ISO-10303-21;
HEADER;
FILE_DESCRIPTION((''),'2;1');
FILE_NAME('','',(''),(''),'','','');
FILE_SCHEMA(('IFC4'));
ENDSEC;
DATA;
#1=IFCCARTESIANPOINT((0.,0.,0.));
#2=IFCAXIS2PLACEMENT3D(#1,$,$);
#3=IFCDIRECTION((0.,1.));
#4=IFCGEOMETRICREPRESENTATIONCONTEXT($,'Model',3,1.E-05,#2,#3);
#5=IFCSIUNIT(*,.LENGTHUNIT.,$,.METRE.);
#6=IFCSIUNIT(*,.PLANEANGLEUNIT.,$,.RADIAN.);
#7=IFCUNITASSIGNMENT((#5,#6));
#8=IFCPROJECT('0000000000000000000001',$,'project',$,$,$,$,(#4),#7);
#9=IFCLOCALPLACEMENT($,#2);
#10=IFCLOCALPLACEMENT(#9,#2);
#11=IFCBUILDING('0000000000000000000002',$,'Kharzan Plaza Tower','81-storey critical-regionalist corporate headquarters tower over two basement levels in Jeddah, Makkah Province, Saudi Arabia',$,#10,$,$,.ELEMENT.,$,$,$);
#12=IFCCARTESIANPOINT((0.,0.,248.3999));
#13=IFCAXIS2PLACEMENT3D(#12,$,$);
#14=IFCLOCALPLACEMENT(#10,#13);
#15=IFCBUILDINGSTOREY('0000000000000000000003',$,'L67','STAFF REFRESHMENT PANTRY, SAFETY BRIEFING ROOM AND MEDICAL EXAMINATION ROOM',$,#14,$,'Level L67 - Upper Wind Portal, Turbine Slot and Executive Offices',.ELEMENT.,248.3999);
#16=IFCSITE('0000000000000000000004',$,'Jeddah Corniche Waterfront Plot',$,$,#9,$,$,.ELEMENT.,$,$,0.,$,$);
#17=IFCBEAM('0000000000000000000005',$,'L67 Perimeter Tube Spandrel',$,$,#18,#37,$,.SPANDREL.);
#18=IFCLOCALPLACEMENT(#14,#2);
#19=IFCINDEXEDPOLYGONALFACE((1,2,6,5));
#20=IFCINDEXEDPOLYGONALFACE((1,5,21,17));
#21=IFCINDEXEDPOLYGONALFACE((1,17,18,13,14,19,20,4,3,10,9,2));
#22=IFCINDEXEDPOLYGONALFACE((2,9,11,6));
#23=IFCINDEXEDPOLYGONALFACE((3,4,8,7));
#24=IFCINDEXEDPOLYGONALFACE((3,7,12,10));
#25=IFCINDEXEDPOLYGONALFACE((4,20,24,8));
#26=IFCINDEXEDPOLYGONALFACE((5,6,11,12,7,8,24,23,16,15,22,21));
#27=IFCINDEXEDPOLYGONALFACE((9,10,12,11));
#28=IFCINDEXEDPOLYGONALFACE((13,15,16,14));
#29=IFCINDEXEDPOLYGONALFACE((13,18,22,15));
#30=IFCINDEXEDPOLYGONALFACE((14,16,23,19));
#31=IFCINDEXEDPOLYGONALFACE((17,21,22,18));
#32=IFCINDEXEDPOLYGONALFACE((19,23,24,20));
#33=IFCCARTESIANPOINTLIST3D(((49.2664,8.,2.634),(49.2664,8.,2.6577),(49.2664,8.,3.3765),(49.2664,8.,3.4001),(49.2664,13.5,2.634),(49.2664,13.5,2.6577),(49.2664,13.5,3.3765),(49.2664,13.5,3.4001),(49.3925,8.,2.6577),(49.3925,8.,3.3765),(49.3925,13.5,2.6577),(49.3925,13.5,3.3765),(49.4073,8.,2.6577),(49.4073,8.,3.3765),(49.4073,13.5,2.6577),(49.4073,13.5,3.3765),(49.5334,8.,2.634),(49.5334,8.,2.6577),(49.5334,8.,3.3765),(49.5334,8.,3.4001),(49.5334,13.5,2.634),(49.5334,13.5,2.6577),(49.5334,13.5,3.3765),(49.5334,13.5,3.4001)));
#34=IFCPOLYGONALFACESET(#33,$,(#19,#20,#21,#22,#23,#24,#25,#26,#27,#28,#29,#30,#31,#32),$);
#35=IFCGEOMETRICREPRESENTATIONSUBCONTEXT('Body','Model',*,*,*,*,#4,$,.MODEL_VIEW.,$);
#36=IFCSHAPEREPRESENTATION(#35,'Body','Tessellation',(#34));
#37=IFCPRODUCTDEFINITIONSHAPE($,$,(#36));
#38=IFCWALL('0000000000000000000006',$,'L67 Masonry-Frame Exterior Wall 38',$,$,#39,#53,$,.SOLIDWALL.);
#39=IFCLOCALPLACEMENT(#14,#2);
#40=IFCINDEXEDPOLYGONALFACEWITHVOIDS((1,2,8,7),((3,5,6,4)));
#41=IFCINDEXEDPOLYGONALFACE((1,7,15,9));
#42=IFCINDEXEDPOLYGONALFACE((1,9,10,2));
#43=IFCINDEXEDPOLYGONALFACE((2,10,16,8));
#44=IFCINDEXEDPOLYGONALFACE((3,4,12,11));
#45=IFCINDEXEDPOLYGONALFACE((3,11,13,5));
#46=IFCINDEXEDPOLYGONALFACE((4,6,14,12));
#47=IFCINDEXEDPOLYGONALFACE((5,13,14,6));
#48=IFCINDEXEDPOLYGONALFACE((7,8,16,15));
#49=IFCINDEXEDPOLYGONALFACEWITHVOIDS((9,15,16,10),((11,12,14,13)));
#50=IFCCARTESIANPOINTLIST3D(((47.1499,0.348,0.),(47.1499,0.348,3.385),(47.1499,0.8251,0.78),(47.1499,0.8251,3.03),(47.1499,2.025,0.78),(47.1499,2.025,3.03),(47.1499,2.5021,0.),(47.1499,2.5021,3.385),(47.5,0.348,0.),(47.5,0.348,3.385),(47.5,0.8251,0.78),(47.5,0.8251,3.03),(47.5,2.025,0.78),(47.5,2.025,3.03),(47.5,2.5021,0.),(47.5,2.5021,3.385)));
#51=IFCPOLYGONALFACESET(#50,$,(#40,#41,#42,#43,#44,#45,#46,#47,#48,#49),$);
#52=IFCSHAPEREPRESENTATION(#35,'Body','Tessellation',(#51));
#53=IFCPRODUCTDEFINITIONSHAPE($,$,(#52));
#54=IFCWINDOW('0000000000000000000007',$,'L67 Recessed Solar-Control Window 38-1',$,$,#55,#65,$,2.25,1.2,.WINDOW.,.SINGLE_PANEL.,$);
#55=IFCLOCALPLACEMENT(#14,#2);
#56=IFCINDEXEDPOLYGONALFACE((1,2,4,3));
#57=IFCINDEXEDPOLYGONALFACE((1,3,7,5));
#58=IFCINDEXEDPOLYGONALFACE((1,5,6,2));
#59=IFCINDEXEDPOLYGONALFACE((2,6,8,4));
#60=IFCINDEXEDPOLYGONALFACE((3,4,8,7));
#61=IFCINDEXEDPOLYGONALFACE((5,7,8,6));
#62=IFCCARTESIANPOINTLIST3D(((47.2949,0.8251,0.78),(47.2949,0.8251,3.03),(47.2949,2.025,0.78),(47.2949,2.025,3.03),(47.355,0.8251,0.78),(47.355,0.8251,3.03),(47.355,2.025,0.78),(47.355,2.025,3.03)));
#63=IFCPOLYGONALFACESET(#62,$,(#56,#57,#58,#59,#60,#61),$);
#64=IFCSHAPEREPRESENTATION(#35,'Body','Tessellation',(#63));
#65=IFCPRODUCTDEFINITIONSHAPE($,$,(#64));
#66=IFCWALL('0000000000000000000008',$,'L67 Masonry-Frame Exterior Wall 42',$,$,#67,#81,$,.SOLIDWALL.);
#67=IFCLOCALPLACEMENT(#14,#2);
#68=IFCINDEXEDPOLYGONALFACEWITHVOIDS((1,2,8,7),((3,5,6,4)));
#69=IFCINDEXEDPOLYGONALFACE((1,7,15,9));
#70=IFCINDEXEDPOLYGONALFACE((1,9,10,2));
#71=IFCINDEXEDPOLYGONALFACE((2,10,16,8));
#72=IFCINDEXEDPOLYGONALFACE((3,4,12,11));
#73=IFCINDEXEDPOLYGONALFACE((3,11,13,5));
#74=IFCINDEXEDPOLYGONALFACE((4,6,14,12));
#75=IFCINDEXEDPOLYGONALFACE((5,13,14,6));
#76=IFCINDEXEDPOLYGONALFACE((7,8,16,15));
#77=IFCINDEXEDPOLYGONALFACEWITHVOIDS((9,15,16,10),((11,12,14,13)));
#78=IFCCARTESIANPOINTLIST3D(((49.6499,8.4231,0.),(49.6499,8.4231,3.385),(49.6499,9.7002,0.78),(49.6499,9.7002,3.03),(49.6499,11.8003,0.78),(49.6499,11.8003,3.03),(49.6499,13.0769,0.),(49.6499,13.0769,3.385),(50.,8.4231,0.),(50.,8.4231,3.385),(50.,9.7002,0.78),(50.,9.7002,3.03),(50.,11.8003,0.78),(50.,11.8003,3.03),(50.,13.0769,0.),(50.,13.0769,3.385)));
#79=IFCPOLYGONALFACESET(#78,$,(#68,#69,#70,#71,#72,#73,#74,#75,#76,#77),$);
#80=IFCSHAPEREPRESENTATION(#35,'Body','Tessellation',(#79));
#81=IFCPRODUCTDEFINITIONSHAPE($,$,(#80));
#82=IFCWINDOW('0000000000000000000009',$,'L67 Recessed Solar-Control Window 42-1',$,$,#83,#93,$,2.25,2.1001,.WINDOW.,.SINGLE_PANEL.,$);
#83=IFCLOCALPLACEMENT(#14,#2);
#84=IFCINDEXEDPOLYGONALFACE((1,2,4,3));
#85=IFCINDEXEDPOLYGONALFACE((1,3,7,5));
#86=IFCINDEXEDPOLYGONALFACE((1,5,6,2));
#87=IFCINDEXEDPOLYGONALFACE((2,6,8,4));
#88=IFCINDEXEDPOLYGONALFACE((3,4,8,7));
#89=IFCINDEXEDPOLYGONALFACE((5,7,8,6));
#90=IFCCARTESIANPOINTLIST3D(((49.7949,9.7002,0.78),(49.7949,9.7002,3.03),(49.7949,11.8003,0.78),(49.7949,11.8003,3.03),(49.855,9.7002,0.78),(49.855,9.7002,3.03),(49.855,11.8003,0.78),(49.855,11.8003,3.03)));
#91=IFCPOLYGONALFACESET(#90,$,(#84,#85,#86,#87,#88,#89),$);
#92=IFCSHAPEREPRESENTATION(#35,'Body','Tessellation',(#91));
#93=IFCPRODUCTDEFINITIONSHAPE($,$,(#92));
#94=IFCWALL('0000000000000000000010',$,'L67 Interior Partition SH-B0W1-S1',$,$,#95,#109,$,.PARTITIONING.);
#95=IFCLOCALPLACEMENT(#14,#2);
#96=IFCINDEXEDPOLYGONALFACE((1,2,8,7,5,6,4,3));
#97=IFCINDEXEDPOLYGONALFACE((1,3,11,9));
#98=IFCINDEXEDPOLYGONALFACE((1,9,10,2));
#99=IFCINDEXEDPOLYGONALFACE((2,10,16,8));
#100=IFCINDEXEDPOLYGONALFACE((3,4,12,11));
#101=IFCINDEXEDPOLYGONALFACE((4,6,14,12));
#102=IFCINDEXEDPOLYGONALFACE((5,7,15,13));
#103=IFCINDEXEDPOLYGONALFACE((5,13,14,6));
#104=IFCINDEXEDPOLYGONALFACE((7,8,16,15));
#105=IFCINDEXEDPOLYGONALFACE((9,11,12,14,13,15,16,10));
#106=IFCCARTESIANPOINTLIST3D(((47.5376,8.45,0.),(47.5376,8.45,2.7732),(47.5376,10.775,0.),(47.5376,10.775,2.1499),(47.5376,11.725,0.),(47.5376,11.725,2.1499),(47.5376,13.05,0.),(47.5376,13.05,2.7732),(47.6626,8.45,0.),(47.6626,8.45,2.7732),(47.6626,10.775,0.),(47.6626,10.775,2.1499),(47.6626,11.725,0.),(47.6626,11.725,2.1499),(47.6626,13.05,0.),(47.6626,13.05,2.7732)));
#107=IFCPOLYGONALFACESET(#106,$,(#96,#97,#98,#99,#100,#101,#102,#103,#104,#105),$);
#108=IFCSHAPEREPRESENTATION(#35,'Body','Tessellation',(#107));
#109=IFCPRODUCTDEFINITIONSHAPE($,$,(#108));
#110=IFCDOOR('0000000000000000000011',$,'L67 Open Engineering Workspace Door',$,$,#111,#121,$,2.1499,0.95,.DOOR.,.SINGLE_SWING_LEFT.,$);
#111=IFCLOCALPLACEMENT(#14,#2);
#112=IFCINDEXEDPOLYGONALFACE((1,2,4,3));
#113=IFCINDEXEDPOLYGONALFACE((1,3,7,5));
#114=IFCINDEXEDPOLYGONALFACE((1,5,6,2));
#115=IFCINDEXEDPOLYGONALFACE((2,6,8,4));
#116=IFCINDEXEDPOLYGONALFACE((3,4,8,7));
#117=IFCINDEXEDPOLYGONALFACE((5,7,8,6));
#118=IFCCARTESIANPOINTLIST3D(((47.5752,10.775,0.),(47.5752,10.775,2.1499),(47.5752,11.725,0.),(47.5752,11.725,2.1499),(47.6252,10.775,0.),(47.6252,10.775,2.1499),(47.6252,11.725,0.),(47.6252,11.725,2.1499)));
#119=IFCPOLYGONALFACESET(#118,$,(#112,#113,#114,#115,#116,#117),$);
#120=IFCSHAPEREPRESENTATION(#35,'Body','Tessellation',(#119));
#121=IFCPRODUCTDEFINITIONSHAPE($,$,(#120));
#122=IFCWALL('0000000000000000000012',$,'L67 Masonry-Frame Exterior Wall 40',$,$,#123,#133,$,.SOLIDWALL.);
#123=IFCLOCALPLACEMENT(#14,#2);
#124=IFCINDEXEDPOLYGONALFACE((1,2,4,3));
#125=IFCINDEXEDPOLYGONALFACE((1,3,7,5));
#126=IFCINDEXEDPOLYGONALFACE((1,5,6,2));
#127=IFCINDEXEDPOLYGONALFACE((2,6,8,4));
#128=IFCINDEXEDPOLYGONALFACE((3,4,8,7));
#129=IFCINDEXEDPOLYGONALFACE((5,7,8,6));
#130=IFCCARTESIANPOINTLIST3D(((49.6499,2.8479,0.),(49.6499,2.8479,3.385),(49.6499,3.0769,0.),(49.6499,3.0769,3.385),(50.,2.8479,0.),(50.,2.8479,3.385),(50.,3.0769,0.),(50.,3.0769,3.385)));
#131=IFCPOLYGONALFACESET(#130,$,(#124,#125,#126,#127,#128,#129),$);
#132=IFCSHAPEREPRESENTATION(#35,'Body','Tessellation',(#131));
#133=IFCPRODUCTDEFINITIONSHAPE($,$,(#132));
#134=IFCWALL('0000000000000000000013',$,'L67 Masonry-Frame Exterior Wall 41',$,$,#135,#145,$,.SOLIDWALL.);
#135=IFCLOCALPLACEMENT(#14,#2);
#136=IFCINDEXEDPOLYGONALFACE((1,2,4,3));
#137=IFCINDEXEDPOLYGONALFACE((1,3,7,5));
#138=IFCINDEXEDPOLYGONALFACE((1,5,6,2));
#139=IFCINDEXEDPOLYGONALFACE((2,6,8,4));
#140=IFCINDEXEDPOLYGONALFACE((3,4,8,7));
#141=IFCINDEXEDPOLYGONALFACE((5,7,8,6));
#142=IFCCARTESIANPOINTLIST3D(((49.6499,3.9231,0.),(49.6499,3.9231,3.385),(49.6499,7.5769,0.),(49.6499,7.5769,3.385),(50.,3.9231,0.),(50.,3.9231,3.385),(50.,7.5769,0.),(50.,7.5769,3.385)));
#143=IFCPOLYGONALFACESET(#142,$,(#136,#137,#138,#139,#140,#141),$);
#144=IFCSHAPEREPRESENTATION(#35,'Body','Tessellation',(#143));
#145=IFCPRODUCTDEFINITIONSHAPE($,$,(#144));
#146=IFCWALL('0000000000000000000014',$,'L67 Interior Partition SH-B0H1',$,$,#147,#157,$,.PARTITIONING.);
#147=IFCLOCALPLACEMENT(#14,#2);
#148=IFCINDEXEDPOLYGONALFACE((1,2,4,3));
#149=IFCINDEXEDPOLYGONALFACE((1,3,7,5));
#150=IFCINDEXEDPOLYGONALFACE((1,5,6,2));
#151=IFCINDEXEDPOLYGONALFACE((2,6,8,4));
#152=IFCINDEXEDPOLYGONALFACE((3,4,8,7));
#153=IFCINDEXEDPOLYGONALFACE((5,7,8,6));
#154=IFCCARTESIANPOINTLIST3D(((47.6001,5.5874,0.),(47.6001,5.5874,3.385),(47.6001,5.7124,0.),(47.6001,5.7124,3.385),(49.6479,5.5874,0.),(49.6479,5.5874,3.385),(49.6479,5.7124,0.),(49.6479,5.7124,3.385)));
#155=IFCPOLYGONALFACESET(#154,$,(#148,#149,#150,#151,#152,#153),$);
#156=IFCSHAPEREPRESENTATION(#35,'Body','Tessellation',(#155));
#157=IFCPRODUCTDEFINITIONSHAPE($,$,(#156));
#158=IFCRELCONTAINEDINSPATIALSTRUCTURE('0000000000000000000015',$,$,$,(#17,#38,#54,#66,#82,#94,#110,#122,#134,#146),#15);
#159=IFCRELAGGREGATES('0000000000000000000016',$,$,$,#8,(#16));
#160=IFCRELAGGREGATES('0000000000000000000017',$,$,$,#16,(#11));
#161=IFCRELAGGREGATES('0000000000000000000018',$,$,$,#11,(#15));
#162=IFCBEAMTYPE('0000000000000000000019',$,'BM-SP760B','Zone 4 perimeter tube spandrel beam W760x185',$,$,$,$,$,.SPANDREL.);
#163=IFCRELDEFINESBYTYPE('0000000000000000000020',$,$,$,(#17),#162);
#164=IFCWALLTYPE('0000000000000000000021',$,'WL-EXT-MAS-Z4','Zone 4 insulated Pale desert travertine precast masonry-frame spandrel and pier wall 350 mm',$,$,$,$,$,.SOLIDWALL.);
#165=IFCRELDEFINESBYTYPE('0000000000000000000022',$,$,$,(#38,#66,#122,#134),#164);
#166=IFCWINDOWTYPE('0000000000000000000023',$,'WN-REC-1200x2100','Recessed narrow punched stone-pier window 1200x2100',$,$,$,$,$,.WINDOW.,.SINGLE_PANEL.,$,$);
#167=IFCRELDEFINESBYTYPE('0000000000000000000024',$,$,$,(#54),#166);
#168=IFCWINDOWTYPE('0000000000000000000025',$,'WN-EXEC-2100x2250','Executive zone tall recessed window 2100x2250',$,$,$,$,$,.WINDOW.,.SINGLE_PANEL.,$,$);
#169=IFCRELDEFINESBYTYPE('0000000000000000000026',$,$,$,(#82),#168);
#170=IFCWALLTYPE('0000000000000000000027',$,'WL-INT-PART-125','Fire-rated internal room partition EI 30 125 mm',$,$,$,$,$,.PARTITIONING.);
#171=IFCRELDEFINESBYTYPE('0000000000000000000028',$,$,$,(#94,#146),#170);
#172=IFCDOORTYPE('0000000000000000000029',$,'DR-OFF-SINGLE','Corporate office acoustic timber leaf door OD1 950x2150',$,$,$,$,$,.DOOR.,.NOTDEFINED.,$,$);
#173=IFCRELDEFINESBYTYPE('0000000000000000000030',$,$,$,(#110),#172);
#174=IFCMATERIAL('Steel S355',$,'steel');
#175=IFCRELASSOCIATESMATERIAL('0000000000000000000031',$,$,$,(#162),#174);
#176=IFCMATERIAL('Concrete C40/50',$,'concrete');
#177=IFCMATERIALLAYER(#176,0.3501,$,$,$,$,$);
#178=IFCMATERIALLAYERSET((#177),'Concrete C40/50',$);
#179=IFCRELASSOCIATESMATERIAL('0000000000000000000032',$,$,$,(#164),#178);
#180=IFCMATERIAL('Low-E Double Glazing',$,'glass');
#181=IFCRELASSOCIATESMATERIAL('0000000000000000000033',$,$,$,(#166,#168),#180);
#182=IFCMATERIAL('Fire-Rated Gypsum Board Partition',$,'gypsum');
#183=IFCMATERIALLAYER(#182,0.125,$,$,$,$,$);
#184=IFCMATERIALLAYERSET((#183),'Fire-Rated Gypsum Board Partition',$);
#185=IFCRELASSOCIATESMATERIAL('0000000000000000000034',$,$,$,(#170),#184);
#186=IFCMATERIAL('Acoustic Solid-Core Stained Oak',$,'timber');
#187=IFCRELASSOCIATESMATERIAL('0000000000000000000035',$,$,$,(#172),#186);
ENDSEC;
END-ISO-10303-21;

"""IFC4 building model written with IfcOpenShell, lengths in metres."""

from ifc_helpers import new_model, si_unit, direction, frame, frame_2d, origin, origin_2d, place, context, subcontext, project, spatial, rectangle, i_section, extrude, source, transform, mapped, material, layer, layer_set, material_profile, profile_set, type_object, element, fill, save


model = new_model("IFC4")

# Units and contexts
model_context = context("Model", 3, precision=1e-05, world=origin(), true_north=direction((0.0, 1.0)))
body_context = subcontext(model_context, "Body", "Model", "MODEL_VIEW")
ifc_project = project(units=[si_unit("LENGTHUNIT", "METRE"), si_unit("PLANEANGLEUNIT", "RADIAN")], contexts=[model_context])

# Site, building, storey
site_placement = place(None, origin())
site = spatial("IfcSite", under=ifc_project, at=site_placement, Name="Jeddah Corniche Waterfront Plot", CompositionType="ELEMENT", RefElevation=0.0)
building_placement = place(site_placement, origin())
building = spatial("IfcBuilding", under=site, at=building_placement, Name="Kharzan Plaza Tower", Description="81-storey critical-regionalist corporate headquarters tower over two basement levels in Jeddah, Makkah Province, Saudi Arabia", CompositionType="ELEMENT")
storey_placement = place(building_placement, frame((0.0, 0.0, 248.3999)))
storey = spatial("IfcBuildingStorey", under=building, at=storey_placement, Name="L67", Description="STAFF REFRESHMENT PANTRY, SAFETY BRIEFING ROOM AND MEDICAL EXAMINATION ROOM", LongName="Level L67 - Upper Wind Portal, Turbine Slot and Executive Offices", CompositionType="ELEMENT", Elevation=248.3999)

# Beam
ifc_material_1 = material(Name="Steel S355", Category="steel")
ifc_material_profile_1 = material_profile(ifc_material_1, i_section(OverallWidth=0.2671, OverallDepth=0.7661, WebThickness=0.0149, FlangeThickness=0.0237, at=origin_2d()), Name="W760x185")
ifc_profile_set_1 = profile_set([ifc_material_profile_1], Name="Steel S355")
beam_type_1 = type_object("IfcBeamType", Name="BM-SP760B", Description="Zone 4 perimeter tube spandrel beam W760x185", PredefinedType="SPANDREL", material=ifc_profile_set_1)
shared_shape_1 = source(origin(), body_context, "Body", "SweptSolid", [
    extrude(i_section(OverallWidth=0.2671, OverallDepth=0.7661, WebThickness=0.0149, FlangeThickness=0.0237, at=origin_2d()), origin(), (0.0, 0.0, 1.0), 5.5),
])
beam_1_placement = place(storey_placement, frame((49.3999, 8.0, 3.0171), z_axis=(0.0, 1.0, 0.0), x_axis=(-1.0, 0.0, 0.0)))
element("IfcBeam", 1, at=beam_1_placement, inside=storey, type_object=beam_type_1, Name="L67 Perimeter Tube Spandrel", PredefinedType="SPANDREL", context=body_context, shape_type="MappedRepresentation", body=[
    mapped(shared_shape_1, transform((0.0, 0.0, 0.0), x_axis=(1.0, 0.0, 0.0), y_axis=(0.0, 1.0, 0.0), z_axis=(0.0, 0.0, 1.0))),
])

# Walls, openings, windows
ifc_material_2 = material(Name="Concrete C40/50", Category="concrete")
ifc_layer_1 = layer(ifc_material_2, 0.3501)
ifc_layer_set_1 = layer_set([ifc_layer_1], Name="Concrete C40/50")
wall_type_1 = type_object("IfcWallType", Name="WL-EXT-MAS-Z4", Description="Zone 4 insulated Pale desert travertine precast masonry-frame spandrel and pier wall 350 mm", PredefinedType="SOLIDWALL", material=ifc_layer_set_1)
wall_1_placement = place(storey_placement, frame((47.325, 0.3479, 0.0), z_axis=(0.0, 0.0, 1.0), x_axis=(0.0, 1.0, 0.0)))
wall_1 = element("IfcWall", 2, at=wall_1_placement, inside=storey, type_object=wall_type_1, Name="L67 Masonry-Frame Exterior Wall 38", PredefinedType="SOLIDWALL", context=body_context, shape_type="SweptSolid", body=[
    extrude(rectangle(XDim=2.1541, YDim=0.3501, at=frame_2d((1.0771, 0.0))), origin(), (0.0, 0.0, 1.0), 3.385),
])
opening_1_placement = place(wall_1_placement, frame((0.4771, 0.0, 0.78)))
opening_1 = element("IfcOpeningElement", 3, at=opening_1_placement, cuts=wall_1, PredefinedType="OPENING", context=body_context, shape_type="SweptSolid", body=[
    extrude(rectangle(XDim=1.2, YDim=2.25, at=frame_2d((0.6001, 1.125))), frame((0.0, 0.1851, 0.0), z_axis=(0.0, -1.0, 0.0), x_axis=(1.0, 0.0, 0.0)), (0.0, 0.0, 1.0), 0.3701),
])
ifc_material_3 = material(Name="Low-E Double Glazing", Category="glass")
window_type_1 = type_object("IfcWindowType", Name="WN-REC-1200x2100", Description="Recessed narrow punched stone-pier window 1200x2100", PartitioningType="SINGLE_PANEL", PredefinedType="WINDOW", material=ifc_material_3)
shared_shape_2 = source(origin(), body_context, "Body", "SweptSolid", [
    extrude(rectangle(XDim=1.2, YDim=2.25, at=frame_2d((0.6001, 1.125))), frame((0.0, 0.03, 0.0), z_axis=(0.0, -1.0, 0.0), x_axis=(1.0, 0.0, 0.0)), (0.0, 0.0, 1.0), 0.0601),
])
window_1_placement = place(opening_1_placement, origin())
window_1 = element("IfcWindow", 4, at=window_1_placement, inside=storey, type_object=window_type_1, Name="L67 Recessed Solar-Control Window 38-1", OverallHeight=2.25, OverallWidth=1.2, PartitioningType="SINGLE_PANEL", PredefinedType="WINDOW", context=body_context, shape_type="MappedRepresentation", body=[
    mapped(shared_shape_2, transform((0.0, 0.0, 0.0), x_axis=(1.0, 0.0, 0.0), y_axis=(0.0, 1.0, 0.0), z_axis=(0.0, 0.0, 1.0))),
])
fill(opening_1, window_1)
wall_2_placement = place(storey_placement, frame((49.825, 8.4231, 0.0), z_axis=(0.0, 0.0, 1.0), x_axis=(0.0, 1.0, 0.0)))
wall_2 = element("IfcWall", 5, at=wall_2_placement, inside=storey, type_object=wall_type_1, Name="L67 Masonry-Frame Exterior Wall 42", PredefinedType="SOLIDWALL", context=body_context, shape_type="SweptSolid", body=[
    extrude(rectangle(XDim=4.6538, YDim=0.3501, at=frame_2d((2.3269, 0.0))), origin(), (0.0, 0.0, 1.0), 3.385),
])
opening_2_placement = place(wall_2_placement, frame((1.2771, 0.0, 0.78)))
opening_2 = element("IfcOpeningElement", 6, at=opening_2_placement, cuts=wall_2, PredefinedType="OPENING", context=body_context, shape_type="SweptSolid", body=[
    extrude(rectangle(XDim=2.1001, YDim=2.25, at=frame_2d((1.05, 1.125))), frame((0.0, 0.1851, 0.0), z_axis=(0.0, -1.0, 0.0), x_axis=(1.0, 0.0, 0.0)), (0.0, 0.0, 1.0), 0.3701),
])
window_type_2 = type_object("IfcWindowType", Name="WN-EXEC-2100x2250", Description="Executive zone tall recessed window 2100x2250", PartitioningType="SINGLE_PANEL", PredefinedType="WINDOW", material=ifc_material_3)
shared_shape_3 = source(origin(), body_context, "Body", "SweptSolid", [
    extrude(rectangle(XDim=2.1001, YDim=2.25, at=frame_2d((1.05, 1.125))), frame((0.0, 0.03, 0.0), z_axis=(0.0, -1.0, 0.0), x_axis=(1.0, 0.0, 0.0)), (0.0, 0.0, 1.0), 0.0601),
])
window_2_placement = place(opening_2_placement, origin())
window_2 = element("IfcWindow", 7, at=window_2_placement, inside=storey, type_object=window_type_2, Name="L67 Recessed Solar-Control Window 42-1", OverallHeight=2.25, OverallWidth=2.1001, PartitioningType="SINGLE_PANEL", PredefinedType="WINDOW", context=body_context, shape_type="MappedRepresentation", body=[
    mapped(shared_shape_3, transform((0.0, 0.0, 0.0), x_axis=(1.0, 0.0, 0.0), y_axis=(0.0, 1.0, 0.0), z_axis=(0.0, 0.0, 1.0))),
])
fill(opening_2, window_2)

# Wall, opening, door
ifc_material_4 = material(Name="Fire-Rated Gypsum Board Partition", Category="gypsum")
ifc_layer_2 = layer(ifc_material_4, 0.125)
ifc_layer_set_2 = layer_set([ifc_layer_2], Name="Fire-Rated Gypsum Board Partition")
wall_type_2 = type_object("IfcWallType", Name="WL-INT-PART-125", Description="Fire-rated internal room partition EI 30 125 mm", PredefinedType="PARTITIONING", material=ifc_layer_set_2)
ifc_material_5 = material(Name="Acoustic Solid-Core Stained Oak", Category="timber")
door_type_1 = type_object("IfcDoorType", Name="DR-OFF-SINGLE", Description="Corporate office acoustic timber leaf door OD1 950x2150", OperationType="NOTDEFINED", PredefinedType="DOOR", material=ifc_material_5)
shared_shape_4 = source(origin(), body_context, "Body", "SweptSolid", [
    extrude(rectangle(XDim=0.95, YDim=2.1499, at=frame_2d((0.4751, 1.075))), frame((0.0, 0.0249, 0.0), z_axis=(0.0, -1.0, 0.0), x_axis=(1.0, 0.0, 0.0)), (0.0, 0.0, 1.0), 0.05),
])
wall_3_placement = place(storey_placement, frame((47.6001, 8.45, 0.0), z_axis=(0.0, 0.0, 1.0), x_axis=(0.0, 1.0, 0.0)))
wall_3 = element("IfcWall", 8, at=wall_3_placement, inside=storey, type_object=wall_type_2, Name="L67 Interior Partition SH-B0W1-S1", PredefinedType="PARTITIONING", context=body_context, shape_type="SweptSolid", body=[
    extrude(rectangle(XDim=4.6001, YDim=0.125, at=frame_2d((2.3, 0.0))), origin(), (0.0, 0.0, 1.0), 2.7732),
])
opening_3_placement = place(wall_3_placement, frame((2.325, 0.0, 0.0)))
opening_3 = element("IfcOpeningElement", 9, at=opening_3_placement, cuts=wall_3, PredefinedType="OPENING", context=body_context, shape_type="SweptSolid", body=[
    extrude(rectangle(XDim=0.95, YDim=2.1499, at=frame_2d((0.4751, 1.075))), frame((0.0, 0.0725, 0.0), z_axis=(0.0, -1.0, 0.0), x_axis=(1.0, 0.0, 0.0)), (0.0, 0.0, 1.0), 0.145),
])
door_1_placement = place(opening_3_placement, origin())
door_1 = element("IfcDoor", 10, at=door_1_placement, inside=storey, type_object=door_type_1, Name="L67 Open Engineering Workspace Door", OperationType="SINGLE_SWING_LEFT", OverallHeight=2.1499, OverallWidth=0.95, PredefinedType="DOOR", context=body_context, shape_type="MappedRepresentation", body=[
    mapped(shared_shape_4, transform((0.0, 0.0, 0.0), x_axis=(1.0, 0.0, 0.0), y_axis=(0.0, 1.0, 0.0), z_axis=(0.0, 0.0, 1.0))),
])
fill(opening_3, door_1)

# Walls
shared_shape_5 = source(origin(), body_context, "Body", "SweptSolid", [
    extrude(rectangle(XDim=0.229, YDim=0.3501, at=frame_2d((0.1145, 0.0))), origin(), (0.0, 0.0, 1.0), 3.385),
])
wall_4_placement = place(storey_placement, frame((49.825, 2.8479, 0.0), z_axis=(0.0, 0.0, 1.0), x_axis=(0.0, 1.0, 0.0)))
element("IfcWall", 11, at=wall_4_placement, inside=storey, type_object=wall_type_1, Name="L67 Masonry-Frame Exterior Wall 40", PredefinedType="SOLIDWALL", context=body_context, shape_type="MappedRepresentation", body=[
    mapped(shared_shape_5, transform((0.0, 0.0, 0.0), x_axis=(1.0, 0.0, 0.0), y_axis=(0.0, 1.0, 0.0), z_axis=(0.0, 0.0, 1.0))),
])
shared_shape_6 = source(origin(), body_context, "Body", "SweptSolid", [
    extrude(rectangle(XDim=3.6538, YDim=0.3501, at=frame_2d((1.8269, 0.0))), origin(), (0.0, 0.0, 1.0), 3.385),
])
wall_5_placement = place(storey_placement, frame((49.825, 3.9231, 0.0), z_axis=(0.0, 0.0, 1.0), x_axis=(0.0, 1.0, 0.0)))
element("IfcWall", 12, at=wall_5_placement, inside=storey, type_object=wall_type_1, Name="L67 Masonry-Frame Exterior Wall 41", PredefinedType="SOLIDWALL", context=body_context, shape_type="MappedRepresentation", body=[
    mapped(shared_shape_6, transform((0.0, 0.0, 0.0), x_axis=(1.0, 0.0, 0.0), y_axis=(0.0, 1.0, 0.0), z_axis=(0.0, 0.0, 1.0))),
])
shared_shape_7 = source(origin(), body_context, "Body", "SweptSolid", [
    extrude(rectangle(XDim=2.0479, YDim=0.125, at=frame_2d((1.0239, 0.0))), origin(), (0.0, 0.0, 1.0), 3.385),
])
for number, where, z_axis, x_axis, name in (
    (13, (47.6001, 5.6499, 0.0), (0.0, 0.0, 1.0), (1.0, 0.0, 0.0), "L67 Interior Partition SH-B0H1"),
):
    element("IfcWall", number, at=place(storey_placement, frame(where, z_axis=z_axis, x_axis=x_axis)), inside=storey, type_object=wall_type_2, Name=name, PredefinedType="PARTITIONING", context=body_context, shape_type="MappedRepresentation", body=[
        mapped(shared_shape_7, transform((0.0, 0.0, 0.0), x_axis=(1.0, 0.0, 0.0), y_axis=(0.0, 1.0, 0.0), z_axis=(0.0, 0.0, 1.0))),
    ])

save(model, "model.ifc")
